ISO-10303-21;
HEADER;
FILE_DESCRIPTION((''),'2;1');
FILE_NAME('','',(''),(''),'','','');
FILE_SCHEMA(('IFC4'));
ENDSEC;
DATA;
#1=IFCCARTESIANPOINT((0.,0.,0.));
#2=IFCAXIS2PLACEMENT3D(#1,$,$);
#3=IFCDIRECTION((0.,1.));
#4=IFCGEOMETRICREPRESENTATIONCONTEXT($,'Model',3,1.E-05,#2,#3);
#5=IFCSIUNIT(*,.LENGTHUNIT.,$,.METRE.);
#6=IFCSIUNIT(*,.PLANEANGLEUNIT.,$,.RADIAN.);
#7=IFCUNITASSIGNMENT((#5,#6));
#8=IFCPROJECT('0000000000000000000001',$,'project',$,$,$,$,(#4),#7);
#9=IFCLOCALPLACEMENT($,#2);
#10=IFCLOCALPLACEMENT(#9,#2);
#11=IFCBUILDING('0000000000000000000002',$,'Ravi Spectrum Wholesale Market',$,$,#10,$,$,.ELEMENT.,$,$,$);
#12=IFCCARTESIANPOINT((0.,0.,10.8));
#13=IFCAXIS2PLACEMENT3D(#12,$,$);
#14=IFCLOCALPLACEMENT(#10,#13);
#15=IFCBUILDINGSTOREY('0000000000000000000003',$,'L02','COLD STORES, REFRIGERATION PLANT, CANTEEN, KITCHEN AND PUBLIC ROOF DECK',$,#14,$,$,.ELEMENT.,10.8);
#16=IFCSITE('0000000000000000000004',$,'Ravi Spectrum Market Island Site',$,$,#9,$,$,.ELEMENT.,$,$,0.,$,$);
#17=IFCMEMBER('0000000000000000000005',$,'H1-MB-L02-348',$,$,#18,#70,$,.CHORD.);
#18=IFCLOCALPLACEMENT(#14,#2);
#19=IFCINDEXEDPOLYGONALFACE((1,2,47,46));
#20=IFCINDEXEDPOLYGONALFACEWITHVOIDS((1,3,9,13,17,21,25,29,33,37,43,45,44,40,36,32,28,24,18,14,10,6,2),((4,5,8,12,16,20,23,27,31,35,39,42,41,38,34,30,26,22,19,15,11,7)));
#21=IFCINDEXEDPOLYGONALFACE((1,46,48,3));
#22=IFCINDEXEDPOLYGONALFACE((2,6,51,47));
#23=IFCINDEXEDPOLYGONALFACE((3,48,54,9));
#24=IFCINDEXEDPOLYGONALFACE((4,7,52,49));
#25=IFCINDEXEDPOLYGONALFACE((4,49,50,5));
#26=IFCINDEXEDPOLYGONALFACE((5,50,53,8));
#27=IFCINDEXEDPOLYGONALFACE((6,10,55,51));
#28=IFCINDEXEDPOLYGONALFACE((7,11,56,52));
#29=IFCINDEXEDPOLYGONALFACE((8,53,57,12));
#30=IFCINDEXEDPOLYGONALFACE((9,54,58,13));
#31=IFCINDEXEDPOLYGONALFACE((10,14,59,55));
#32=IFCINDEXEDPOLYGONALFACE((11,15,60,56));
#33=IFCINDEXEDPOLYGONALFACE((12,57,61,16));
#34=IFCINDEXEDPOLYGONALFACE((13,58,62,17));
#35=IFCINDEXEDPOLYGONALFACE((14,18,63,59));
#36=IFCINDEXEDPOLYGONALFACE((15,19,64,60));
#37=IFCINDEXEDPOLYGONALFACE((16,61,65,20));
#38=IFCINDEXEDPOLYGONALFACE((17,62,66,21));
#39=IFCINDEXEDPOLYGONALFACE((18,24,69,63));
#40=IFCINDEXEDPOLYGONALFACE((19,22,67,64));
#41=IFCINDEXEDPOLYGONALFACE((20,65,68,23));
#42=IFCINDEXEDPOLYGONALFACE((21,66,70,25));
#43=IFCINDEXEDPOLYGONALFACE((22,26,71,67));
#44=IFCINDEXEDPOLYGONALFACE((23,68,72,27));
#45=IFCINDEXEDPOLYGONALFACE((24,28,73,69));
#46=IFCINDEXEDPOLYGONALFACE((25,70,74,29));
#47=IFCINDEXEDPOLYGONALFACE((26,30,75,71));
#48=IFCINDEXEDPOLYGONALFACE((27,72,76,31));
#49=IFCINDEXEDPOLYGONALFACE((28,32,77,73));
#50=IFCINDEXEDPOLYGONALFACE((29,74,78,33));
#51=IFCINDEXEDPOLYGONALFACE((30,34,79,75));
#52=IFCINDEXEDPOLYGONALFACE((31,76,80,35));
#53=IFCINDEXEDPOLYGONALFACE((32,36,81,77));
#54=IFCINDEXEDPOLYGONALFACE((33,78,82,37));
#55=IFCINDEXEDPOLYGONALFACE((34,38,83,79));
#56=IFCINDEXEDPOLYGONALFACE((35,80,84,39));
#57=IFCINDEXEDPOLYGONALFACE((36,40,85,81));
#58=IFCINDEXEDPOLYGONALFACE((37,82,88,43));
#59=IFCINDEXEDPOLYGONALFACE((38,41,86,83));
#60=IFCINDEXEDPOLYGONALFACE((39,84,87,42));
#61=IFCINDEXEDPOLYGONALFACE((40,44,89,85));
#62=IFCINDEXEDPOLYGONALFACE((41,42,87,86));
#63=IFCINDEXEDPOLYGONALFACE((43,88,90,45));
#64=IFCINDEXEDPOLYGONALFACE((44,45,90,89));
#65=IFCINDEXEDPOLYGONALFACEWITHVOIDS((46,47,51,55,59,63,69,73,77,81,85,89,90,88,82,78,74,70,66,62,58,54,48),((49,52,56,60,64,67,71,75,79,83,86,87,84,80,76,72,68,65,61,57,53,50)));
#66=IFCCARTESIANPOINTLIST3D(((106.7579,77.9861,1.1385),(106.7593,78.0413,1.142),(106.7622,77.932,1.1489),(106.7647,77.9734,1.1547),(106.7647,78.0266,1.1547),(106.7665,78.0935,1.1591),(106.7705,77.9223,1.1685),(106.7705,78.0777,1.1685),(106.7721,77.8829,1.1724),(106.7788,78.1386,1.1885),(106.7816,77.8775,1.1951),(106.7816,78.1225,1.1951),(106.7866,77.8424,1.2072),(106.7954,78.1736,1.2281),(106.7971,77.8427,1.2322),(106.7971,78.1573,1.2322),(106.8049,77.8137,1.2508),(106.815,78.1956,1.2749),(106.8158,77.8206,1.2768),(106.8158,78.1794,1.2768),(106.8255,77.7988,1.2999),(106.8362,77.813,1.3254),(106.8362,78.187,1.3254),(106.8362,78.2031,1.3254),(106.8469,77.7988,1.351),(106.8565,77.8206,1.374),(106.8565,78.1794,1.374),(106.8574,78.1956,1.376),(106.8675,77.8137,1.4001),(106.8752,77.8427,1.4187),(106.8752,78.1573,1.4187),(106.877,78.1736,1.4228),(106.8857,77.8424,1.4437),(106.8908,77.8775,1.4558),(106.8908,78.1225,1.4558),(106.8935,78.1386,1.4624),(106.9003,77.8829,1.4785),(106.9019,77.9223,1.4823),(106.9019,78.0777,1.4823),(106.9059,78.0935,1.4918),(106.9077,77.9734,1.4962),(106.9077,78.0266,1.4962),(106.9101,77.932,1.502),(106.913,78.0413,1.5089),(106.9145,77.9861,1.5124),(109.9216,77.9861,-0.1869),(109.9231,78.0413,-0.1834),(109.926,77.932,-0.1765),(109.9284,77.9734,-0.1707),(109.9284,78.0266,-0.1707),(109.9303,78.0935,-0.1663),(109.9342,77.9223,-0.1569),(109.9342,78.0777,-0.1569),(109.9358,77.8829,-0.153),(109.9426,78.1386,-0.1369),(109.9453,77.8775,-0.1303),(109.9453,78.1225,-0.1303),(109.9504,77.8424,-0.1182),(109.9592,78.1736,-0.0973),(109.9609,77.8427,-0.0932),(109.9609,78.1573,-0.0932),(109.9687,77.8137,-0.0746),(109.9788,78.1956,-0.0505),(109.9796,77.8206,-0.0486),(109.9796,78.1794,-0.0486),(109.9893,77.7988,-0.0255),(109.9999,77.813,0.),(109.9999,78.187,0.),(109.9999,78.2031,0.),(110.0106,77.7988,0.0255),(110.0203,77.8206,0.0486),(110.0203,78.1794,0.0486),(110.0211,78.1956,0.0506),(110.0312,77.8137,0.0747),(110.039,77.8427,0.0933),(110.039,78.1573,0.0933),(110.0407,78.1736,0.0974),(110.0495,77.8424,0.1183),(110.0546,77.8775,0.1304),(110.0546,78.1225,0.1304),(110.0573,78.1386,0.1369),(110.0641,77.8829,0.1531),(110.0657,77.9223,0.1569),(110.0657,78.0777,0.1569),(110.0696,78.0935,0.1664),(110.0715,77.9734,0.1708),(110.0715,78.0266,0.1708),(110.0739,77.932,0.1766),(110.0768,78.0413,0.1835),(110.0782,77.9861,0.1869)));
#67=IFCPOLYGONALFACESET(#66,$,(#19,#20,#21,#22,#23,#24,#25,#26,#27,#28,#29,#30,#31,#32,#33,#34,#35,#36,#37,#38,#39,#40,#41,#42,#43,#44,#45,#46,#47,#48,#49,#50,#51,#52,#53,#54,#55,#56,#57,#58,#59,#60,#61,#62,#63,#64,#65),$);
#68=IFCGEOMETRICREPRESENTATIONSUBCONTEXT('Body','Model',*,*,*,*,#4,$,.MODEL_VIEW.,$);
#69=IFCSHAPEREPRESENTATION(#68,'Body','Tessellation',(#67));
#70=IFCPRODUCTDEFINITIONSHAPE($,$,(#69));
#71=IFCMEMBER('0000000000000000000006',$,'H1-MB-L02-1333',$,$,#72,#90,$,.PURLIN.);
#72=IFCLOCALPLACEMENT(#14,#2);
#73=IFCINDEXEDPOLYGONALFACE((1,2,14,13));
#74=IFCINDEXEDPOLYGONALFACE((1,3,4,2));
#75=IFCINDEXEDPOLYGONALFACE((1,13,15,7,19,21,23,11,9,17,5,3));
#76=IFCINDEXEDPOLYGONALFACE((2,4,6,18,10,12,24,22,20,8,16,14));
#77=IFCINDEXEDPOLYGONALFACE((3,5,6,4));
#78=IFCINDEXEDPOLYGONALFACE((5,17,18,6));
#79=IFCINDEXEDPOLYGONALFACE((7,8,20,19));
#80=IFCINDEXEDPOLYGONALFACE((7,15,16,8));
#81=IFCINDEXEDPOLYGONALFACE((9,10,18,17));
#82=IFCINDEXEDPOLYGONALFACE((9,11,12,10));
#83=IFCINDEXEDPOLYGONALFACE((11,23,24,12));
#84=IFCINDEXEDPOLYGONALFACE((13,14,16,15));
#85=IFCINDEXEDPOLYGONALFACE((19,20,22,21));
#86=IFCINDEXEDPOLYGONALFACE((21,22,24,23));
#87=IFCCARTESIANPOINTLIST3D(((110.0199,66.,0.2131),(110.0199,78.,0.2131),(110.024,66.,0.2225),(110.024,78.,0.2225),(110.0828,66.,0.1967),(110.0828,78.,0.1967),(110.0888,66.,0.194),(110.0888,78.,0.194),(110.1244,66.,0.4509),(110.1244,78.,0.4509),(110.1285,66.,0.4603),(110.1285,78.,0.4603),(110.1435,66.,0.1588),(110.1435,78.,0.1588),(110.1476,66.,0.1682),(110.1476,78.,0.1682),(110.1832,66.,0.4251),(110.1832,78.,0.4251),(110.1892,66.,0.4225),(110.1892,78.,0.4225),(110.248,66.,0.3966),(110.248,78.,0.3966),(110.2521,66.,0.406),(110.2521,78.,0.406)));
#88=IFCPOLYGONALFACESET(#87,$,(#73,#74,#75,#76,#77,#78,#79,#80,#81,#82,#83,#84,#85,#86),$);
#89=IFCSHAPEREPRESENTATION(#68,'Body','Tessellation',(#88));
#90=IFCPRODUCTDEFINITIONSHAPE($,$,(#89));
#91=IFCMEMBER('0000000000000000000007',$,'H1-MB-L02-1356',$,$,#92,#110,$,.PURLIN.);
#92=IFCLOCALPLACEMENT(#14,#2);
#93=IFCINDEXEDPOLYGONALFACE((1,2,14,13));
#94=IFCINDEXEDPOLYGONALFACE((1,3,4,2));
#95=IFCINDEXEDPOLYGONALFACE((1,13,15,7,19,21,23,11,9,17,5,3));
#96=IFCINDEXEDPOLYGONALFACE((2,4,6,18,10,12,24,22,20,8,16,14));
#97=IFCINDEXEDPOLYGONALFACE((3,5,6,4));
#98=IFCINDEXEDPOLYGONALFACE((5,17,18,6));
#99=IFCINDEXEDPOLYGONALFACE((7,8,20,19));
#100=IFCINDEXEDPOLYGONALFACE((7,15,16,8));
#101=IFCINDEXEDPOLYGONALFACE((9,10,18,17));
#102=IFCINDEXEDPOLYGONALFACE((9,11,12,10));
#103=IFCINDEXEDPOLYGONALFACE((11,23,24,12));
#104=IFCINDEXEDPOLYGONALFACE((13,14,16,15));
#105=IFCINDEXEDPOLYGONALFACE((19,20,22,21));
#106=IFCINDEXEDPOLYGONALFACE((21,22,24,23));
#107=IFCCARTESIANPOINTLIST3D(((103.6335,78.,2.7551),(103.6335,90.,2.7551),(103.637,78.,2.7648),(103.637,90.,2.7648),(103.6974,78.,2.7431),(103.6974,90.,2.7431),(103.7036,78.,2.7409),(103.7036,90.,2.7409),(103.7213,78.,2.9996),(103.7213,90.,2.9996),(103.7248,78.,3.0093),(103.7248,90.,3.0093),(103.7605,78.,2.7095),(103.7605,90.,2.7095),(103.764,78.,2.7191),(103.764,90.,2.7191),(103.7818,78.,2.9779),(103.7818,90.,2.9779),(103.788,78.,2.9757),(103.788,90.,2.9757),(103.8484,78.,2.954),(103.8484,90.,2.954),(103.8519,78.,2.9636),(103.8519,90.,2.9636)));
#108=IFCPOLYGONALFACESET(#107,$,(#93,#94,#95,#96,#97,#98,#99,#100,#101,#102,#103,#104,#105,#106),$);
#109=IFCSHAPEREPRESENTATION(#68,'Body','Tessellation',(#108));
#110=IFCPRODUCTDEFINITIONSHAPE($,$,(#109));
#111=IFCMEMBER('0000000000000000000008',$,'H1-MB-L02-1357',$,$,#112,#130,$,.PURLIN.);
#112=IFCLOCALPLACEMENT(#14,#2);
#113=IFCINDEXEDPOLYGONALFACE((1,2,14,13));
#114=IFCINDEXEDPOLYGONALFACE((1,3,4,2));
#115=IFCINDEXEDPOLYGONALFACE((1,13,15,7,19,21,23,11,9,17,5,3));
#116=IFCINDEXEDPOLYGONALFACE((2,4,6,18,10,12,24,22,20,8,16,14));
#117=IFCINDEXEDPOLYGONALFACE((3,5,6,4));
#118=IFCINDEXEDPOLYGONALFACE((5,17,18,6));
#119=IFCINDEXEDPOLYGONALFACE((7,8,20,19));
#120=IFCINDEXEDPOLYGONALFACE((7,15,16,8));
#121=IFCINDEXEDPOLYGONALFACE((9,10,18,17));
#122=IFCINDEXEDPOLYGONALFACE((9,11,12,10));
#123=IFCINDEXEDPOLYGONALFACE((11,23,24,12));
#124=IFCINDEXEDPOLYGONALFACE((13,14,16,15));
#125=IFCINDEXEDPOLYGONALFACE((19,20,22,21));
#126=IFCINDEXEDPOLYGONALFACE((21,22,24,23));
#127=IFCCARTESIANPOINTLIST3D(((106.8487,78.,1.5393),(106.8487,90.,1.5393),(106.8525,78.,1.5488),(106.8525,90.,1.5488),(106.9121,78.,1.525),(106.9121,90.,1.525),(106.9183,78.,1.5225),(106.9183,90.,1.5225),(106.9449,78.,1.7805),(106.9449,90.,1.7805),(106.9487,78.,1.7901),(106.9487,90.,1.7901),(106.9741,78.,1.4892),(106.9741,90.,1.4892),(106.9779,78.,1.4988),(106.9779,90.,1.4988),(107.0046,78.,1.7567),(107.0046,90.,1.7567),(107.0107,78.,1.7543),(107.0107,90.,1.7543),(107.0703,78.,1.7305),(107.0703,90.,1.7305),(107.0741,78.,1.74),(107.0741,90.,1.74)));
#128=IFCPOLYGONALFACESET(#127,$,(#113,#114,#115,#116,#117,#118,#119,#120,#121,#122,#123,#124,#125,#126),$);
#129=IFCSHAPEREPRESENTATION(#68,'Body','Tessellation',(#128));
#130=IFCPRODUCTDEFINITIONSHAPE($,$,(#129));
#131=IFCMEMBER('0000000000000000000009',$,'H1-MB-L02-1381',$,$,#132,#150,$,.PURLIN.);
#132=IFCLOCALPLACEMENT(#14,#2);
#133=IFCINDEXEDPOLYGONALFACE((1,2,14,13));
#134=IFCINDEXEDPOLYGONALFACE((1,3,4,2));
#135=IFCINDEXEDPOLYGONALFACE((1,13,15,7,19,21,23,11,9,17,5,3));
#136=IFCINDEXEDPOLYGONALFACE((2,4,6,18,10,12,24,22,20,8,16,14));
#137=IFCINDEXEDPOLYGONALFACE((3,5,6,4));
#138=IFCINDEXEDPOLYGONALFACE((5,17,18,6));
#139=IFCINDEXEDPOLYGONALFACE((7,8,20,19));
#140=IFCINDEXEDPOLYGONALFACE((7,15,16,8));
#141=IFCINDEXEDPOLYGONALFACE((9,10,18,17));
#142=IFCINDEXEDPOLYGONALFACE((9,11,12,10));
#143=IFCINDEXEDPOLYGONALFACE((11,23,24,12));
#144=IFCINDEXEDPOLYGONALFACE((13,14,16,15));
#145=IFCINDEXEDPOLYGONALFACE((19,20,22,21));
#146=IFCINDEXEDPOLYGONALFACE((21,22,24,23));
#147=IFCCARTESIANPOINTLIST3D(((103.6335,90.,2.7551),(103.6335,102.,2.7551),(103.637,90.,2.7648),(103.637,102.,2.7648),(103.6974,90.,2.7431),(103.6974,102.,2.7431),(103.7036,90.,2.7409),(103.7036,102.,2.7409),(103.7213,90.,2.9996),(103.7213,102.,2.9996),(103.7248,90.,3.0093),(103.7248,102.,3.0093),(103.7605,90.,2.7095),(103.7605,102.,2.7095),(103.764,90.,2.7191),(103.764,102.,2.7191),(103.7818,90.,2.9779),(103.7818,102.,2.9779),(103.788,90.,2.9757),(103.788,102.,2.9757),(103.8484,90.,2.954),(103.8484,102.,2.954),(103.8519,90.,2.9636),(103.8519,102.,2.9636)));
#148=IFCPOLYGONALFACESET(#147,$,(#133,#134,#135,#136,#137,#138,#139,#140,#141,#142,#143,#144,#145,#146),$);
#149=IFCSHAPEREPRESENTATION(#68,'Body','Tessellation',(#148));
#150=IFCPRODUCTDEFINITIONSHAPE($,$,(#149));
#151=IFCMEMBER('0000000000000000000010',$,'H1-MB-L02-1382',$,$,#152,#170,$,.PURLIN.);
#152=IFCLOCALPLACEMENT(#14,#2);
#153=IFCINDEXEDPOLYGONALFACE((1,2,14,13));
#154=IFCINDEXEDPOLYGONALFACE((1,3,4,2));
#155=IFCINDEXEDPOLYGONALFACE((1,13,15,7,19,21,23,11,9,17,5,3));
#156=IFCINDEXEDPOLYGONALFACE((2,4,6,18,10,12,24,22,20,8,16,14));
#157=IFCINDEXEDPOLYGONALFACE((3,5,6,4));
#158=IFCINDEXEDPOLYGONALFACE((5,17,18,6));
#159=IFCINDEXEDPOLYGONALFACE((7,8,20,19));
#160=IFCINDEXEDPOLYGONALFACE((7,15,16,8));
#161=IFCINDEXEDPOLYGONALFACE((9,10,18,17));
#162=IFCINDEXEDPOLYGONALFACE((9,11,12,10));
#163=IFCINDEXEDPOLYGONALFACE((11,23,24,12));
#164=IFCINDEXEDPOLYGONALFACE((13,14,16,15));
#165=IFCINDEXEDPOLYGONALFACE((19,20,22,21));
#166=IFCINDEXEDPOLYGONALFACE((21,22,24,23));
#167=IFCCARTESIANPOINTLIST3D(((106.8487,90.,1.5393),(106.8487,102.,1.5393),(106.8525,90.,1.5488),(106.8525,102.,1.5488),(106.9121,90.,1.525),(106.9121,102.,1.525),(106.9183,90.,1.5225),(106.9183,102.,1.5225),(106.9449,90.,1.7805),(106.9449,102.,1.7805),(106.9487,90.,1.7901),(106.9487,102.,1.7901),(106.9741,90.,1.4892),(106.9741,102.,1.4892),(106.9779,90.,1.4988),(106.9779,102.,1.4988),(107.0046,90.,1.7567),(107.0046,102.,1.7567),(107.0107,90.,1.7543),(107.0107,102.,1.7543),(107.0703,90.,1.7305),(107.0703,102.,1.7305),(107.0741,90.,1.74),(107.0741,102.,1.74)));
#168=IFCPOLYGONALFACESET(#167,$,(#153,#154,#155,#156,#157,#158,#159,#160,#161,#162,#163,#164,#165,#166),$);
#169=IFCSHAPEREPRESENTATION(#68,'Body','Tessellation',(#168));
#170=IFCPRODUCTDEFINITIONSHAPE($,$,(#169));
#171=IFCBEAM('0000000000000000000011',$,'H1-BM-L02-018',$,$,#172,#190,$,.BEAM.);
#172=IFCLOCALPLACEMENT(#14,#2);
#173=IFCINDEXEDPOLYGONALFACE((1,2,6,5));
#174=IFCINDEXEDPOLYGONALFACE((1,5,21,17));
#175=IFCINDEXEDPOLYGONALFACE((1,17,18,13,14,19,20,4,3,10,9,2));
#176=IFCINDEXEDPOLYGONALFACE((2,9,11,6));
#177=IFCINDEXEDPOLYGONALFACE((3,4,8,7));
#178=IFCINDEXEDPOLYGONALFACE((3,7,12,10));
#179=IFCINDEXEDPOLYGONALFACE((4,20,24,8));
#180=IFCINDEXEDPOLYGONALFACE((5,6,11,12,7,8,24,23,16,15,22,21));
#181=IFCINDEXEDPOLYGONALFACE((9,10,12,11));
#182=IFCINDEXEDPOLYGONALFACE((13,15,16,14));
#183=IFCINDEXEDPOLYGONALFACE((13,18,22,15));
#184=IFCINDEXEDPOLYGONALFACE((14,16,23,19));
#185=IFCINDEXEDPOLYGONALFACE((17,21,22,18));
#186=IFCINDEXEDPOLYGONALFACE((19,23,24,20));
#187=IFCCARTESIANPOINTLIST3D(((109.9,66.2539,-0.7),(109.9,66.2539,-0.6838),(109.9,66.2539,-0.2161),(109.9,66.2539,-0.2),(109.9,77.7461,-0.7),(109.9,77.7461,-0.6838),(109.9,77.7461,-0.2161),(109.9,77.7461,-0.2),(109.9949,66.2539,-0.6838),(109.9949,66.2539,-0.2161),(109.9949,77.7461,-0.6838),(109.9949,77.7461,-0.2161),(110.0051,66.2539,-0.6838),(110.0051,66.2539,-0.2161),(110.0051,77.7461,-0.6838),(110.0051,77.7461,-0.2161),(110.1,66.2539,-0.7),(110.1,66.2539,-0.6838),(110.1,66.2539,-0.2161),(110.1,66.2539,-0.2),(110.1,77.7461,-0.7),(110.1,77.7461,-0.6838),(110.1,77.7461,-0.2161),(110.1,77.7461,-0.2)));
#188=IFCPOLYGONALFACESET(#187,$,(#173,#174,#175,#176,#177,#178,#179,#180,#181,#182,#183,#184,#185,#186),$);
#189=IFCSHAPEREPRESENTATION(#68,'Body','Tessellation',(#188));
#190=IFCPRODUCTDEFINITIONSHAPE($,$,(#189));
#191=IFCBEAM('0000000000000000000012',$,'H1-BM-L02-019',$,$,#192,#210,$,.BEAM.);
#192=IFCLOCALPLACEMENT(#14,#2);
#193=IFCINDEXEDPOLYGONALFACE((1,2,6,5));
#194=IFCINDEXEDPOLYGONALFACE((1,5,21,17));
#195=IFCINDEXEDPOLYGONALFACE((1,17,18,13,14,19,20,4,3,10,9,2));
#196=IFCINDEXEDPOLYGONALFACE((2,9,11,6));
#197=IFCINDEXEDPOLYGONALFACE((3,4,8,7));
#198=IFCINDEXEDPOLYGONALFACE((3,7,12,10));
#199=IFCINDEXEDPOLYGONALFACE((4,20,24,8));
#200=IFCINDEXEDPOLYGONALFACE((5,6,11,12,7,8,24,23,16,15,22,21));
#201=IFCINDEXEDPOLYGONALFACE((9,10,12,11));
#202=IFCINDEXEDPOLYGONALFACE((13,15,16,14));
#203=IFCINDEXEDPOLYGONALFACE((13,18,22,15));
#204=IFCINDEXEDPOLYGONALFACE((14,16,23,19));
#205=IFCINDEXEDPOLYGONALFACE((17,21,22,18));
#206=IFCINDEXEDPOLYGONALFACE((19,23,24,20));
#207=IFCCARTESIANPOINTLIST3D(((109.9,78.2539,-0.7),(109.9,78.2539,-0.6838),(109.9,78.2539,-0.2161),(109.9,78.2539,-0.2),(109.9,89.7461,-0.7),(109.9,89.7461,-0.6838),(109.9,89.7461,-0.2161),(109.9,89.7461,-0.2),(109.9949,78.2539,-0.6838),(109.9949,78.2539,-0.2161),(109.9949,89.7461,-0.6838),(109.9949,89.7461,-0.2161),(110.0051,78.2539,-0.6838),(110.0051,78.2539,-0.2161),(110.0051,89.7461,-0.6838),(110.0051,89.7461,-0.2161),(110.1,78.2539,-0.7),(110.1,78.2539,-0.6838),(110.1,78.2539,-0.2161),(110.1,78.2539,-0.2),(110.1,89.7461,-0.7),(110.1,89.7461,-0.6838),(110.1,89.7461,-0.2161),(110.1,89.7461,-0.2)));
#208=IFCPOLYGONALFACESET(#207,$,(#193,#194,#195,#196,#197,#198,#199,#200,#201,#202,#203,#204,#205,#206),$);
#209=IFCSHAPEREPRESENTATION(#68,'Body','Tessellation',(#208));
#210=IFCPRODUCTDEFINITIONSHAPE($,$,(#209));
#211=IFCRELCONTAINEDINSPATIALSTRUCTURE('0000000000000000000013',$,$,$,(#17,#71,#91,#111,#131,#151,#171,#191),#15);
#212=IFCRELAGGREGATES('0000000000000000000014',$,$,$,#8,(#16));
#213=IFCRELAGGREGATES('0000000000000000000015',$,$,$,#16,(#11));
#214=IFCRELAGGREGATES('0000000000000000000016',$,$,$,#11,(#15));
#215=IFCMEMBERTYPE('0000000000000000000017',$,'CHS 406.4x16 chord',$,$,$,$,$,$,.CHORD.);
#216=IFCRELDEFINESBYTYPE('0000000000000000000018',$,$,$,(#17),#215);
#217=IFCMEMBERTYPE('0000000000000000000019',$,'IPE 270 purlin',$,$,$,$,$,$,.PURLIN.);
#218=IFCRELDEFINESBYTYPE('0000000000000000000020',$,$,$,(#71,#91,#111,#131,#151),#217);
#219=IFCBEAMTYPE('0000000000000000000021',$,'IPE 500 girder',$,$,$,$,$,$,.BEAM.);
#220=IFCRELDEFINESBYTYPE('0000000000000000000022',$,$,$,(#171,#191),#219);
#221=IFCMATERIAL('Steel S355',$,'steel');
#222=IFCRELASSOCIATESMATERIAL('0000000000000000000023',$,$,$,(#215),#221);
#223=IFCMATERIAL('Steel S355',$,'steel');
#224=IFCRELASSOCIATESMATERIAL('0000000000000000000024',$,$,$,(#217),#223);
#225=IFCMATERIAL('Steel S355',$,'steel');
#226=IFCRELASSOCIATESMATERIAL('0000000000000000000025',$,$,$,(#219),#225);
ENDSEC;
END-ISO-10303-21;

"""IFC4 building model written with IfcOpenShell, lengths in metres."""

from ifc_helpers import new_model, si_unit, direction, frame, origin, origin_2d, place, context, subcontext, project, spatial, hollow_circle, i_section, extrude, material, material_profile, profile_set, type_object, element, save


model = new_model("IFC4")

# Units and contexts
model_context = context("Model", 3, precision=1e-05, world=origin(), true_north=direction((0.0, 1.0)))
body_context = subcontext(model_context, "Body", "Model", "MODEL_VIEW")
ifc_project = project(units=[si_unit("LENGTHUNIT", "METRE"), si_unit("PLANEANGLEUNIT", "RADIAN")], contexts=[model_context])

# Site, building, storey
site_placement = place(None, origin())
site = spatial("IfcSite", under=ifc_project, at=site_placement, Name="Ravi Spectrum Market Island Site", CompositionType="ELEMENT", RefElevation=0.0)
building_placement = place(site_placement, origin())
building = spatial("IfcBuilding", under=site, at=building_placement, Name="Ravi Spectrum Wholesale Market", CompositionType="ELEMENT")
storey_placement = place(building_placement, frame((0.0, 0.0, 10.8)))
storey = spatial("IfcBuildingStorey", under=building, at=storey_placement, Name="L02", Description="COLD STORES, REFRIGERATION PLANT, CANTEEN, KITCHEN AND PUBLIC ROOF DECK", CompositionType="ELEMENT", Elevation=10.8)

# Members
ifc_material_1 = material(Name="Steel S355", Category="steel")
ifc_material_profile_1 = material_profile(ifc_material_1, hollow_circle(Radius=0.2031, WallThickness=0.0161, at=origin_2d()))
ifc_profile_set_1 = profile_set([ifc_material_profile_1], Name="Steel S355")
member_type_1 = type_object("IfcMemberType", Name="CHS 406.4x16 chord", PredefinedType="CHORD", material=ifc_profile_set_1)
member_1_placement = place(storey_placement, frame((106.8362, 78.0, 1.3254), z_axis=(0.922332, 0.0, -0.386399), x_axis=(0.0, 1.0, 0.0)))
element("IfcMember", 1, at=member_1_placement, inside=storey, type_object=member_type_1, Name="H1-MB-L02-348", PredefinedType="CHORD", context=body_context, shape_type="SweptSolid", body=[
    extrude(hollow_circle(Radius=0.2031, WallThickness=0.0161, at=origin_2d()), origin(), (0.0, 0.0, 1.0), 3.4302),
])
ifc_material_2 = material(Name="Steel S355", Category="steel")
ifc_material_profile_2 = material_profile(ifc_material_2, i_section(OverallWidth=0.135, OverallDepth=0.27, WebThickness=0.0066, FlangeThickness=0.0103, at=origin_2d()))
ifc_profile_set_2 = profile_set([ifc_material_profile_2], Name="Steel S355")
member_type_2 = type_object("IfcMemberType", Name="IPE 270 purlin", PredefinedType="PURLIN", material=ifc_profile_set_2)
for number, where, z_axis, x_axis, name in (
    (2, (110.136, 66.0, 0.3096), (0.0, 1.0, 0.0), (-0.915525, 0.0, 0.40226), "H1-MB-L02-1333"),
    (3, (103.7427, 78.0, 2.8594), (0.0, 1.0, 0.0), (-0.94108, 0.0, 0.338184), "H1-MB-L02-1356"),
    (4, (106.9614, 78.0, 1.6396), (0.0, 1.0, 0.0), (-0.928855, 0.0, 0.370443), "H1-MB-L02-1357"),
    (5, (103.7427, 90.0, 2.8594), (0.0, 1.0, 0.0), (-0.94108, 0.0, 0.338184), "H1-MB-L02-1381"),
    (6, (106.9614, 90.0, 1.6396), (0.0, 1.0, 0.0), (-0.928855, 0.0, 0.370443), "H1-MB-L02-1382"),
):
    element("IfcMember", number, at=place(storey_placement, frame(where, z_axis=z_axis, x_axis=x_axis)), inside=storey, type_object=member_type_2, Name=name, PredefinedType="PURLIN", context=body_context, shape_type="SweptSolid", body=[
        extrude(i_section(OverallWidth=0.135, OverallDepth=0.27, WebThickness=0.0066, FlangeThickness=0.0103, at=origin_2d()), origin(), (0.0, 0.0, 1.0), 12.0),
    ])

# Beams
ifc_material_3 = material(Name="Steel S355", Category="steel")
ifc_material_profile_3 = material_profile(ifc_material_3, i_section(OverallWidth=0.2, OverallDepth=0.5, WebThickness=0.0103, FlangeThickness=0.0161, at=origin_2d()))
ifc_profile_set_3 = profile_set([ifc_material_profile_3], Name="Steel S355")
beam_type = type_object("IfcBeamType", Name="IPE 500 girder", PredefinedType="BEAM", material=ifc_profile_set_3)
for number, where, z_axis, x_axis, name in (
    (7, (110.0, 66.2539, -0.45), (0.0, 1.0, 0.0), (-1.0, 0.0, 0.0), "H1-BM-L02-018"),
    (8, (110.0, 78.2539, -0.45), (0.0, 1.0, 0.0), (-1.0, 0.0, 0.0), "H1-BM-L02-019"),
):
    element("IfcBeam", number, at=place(storey_placement, frame(where, z_axis=z_axis, x_axis=x_axis)), inside=storey, type_object=beam_type, Name=name, PredefinedType="BEAM", context=body_context, shape_type="SweptSolid", body=[
        extrude(i_section(OverallWidth=0.2, OverallDepth=0.5, WebThickness=0.0103, FlangeThickness=0.0161, at=origin_2d()), origin(), (0.0, 0.0, 1.0), 11.4922),
    ])

save(model, "model.ifc")
